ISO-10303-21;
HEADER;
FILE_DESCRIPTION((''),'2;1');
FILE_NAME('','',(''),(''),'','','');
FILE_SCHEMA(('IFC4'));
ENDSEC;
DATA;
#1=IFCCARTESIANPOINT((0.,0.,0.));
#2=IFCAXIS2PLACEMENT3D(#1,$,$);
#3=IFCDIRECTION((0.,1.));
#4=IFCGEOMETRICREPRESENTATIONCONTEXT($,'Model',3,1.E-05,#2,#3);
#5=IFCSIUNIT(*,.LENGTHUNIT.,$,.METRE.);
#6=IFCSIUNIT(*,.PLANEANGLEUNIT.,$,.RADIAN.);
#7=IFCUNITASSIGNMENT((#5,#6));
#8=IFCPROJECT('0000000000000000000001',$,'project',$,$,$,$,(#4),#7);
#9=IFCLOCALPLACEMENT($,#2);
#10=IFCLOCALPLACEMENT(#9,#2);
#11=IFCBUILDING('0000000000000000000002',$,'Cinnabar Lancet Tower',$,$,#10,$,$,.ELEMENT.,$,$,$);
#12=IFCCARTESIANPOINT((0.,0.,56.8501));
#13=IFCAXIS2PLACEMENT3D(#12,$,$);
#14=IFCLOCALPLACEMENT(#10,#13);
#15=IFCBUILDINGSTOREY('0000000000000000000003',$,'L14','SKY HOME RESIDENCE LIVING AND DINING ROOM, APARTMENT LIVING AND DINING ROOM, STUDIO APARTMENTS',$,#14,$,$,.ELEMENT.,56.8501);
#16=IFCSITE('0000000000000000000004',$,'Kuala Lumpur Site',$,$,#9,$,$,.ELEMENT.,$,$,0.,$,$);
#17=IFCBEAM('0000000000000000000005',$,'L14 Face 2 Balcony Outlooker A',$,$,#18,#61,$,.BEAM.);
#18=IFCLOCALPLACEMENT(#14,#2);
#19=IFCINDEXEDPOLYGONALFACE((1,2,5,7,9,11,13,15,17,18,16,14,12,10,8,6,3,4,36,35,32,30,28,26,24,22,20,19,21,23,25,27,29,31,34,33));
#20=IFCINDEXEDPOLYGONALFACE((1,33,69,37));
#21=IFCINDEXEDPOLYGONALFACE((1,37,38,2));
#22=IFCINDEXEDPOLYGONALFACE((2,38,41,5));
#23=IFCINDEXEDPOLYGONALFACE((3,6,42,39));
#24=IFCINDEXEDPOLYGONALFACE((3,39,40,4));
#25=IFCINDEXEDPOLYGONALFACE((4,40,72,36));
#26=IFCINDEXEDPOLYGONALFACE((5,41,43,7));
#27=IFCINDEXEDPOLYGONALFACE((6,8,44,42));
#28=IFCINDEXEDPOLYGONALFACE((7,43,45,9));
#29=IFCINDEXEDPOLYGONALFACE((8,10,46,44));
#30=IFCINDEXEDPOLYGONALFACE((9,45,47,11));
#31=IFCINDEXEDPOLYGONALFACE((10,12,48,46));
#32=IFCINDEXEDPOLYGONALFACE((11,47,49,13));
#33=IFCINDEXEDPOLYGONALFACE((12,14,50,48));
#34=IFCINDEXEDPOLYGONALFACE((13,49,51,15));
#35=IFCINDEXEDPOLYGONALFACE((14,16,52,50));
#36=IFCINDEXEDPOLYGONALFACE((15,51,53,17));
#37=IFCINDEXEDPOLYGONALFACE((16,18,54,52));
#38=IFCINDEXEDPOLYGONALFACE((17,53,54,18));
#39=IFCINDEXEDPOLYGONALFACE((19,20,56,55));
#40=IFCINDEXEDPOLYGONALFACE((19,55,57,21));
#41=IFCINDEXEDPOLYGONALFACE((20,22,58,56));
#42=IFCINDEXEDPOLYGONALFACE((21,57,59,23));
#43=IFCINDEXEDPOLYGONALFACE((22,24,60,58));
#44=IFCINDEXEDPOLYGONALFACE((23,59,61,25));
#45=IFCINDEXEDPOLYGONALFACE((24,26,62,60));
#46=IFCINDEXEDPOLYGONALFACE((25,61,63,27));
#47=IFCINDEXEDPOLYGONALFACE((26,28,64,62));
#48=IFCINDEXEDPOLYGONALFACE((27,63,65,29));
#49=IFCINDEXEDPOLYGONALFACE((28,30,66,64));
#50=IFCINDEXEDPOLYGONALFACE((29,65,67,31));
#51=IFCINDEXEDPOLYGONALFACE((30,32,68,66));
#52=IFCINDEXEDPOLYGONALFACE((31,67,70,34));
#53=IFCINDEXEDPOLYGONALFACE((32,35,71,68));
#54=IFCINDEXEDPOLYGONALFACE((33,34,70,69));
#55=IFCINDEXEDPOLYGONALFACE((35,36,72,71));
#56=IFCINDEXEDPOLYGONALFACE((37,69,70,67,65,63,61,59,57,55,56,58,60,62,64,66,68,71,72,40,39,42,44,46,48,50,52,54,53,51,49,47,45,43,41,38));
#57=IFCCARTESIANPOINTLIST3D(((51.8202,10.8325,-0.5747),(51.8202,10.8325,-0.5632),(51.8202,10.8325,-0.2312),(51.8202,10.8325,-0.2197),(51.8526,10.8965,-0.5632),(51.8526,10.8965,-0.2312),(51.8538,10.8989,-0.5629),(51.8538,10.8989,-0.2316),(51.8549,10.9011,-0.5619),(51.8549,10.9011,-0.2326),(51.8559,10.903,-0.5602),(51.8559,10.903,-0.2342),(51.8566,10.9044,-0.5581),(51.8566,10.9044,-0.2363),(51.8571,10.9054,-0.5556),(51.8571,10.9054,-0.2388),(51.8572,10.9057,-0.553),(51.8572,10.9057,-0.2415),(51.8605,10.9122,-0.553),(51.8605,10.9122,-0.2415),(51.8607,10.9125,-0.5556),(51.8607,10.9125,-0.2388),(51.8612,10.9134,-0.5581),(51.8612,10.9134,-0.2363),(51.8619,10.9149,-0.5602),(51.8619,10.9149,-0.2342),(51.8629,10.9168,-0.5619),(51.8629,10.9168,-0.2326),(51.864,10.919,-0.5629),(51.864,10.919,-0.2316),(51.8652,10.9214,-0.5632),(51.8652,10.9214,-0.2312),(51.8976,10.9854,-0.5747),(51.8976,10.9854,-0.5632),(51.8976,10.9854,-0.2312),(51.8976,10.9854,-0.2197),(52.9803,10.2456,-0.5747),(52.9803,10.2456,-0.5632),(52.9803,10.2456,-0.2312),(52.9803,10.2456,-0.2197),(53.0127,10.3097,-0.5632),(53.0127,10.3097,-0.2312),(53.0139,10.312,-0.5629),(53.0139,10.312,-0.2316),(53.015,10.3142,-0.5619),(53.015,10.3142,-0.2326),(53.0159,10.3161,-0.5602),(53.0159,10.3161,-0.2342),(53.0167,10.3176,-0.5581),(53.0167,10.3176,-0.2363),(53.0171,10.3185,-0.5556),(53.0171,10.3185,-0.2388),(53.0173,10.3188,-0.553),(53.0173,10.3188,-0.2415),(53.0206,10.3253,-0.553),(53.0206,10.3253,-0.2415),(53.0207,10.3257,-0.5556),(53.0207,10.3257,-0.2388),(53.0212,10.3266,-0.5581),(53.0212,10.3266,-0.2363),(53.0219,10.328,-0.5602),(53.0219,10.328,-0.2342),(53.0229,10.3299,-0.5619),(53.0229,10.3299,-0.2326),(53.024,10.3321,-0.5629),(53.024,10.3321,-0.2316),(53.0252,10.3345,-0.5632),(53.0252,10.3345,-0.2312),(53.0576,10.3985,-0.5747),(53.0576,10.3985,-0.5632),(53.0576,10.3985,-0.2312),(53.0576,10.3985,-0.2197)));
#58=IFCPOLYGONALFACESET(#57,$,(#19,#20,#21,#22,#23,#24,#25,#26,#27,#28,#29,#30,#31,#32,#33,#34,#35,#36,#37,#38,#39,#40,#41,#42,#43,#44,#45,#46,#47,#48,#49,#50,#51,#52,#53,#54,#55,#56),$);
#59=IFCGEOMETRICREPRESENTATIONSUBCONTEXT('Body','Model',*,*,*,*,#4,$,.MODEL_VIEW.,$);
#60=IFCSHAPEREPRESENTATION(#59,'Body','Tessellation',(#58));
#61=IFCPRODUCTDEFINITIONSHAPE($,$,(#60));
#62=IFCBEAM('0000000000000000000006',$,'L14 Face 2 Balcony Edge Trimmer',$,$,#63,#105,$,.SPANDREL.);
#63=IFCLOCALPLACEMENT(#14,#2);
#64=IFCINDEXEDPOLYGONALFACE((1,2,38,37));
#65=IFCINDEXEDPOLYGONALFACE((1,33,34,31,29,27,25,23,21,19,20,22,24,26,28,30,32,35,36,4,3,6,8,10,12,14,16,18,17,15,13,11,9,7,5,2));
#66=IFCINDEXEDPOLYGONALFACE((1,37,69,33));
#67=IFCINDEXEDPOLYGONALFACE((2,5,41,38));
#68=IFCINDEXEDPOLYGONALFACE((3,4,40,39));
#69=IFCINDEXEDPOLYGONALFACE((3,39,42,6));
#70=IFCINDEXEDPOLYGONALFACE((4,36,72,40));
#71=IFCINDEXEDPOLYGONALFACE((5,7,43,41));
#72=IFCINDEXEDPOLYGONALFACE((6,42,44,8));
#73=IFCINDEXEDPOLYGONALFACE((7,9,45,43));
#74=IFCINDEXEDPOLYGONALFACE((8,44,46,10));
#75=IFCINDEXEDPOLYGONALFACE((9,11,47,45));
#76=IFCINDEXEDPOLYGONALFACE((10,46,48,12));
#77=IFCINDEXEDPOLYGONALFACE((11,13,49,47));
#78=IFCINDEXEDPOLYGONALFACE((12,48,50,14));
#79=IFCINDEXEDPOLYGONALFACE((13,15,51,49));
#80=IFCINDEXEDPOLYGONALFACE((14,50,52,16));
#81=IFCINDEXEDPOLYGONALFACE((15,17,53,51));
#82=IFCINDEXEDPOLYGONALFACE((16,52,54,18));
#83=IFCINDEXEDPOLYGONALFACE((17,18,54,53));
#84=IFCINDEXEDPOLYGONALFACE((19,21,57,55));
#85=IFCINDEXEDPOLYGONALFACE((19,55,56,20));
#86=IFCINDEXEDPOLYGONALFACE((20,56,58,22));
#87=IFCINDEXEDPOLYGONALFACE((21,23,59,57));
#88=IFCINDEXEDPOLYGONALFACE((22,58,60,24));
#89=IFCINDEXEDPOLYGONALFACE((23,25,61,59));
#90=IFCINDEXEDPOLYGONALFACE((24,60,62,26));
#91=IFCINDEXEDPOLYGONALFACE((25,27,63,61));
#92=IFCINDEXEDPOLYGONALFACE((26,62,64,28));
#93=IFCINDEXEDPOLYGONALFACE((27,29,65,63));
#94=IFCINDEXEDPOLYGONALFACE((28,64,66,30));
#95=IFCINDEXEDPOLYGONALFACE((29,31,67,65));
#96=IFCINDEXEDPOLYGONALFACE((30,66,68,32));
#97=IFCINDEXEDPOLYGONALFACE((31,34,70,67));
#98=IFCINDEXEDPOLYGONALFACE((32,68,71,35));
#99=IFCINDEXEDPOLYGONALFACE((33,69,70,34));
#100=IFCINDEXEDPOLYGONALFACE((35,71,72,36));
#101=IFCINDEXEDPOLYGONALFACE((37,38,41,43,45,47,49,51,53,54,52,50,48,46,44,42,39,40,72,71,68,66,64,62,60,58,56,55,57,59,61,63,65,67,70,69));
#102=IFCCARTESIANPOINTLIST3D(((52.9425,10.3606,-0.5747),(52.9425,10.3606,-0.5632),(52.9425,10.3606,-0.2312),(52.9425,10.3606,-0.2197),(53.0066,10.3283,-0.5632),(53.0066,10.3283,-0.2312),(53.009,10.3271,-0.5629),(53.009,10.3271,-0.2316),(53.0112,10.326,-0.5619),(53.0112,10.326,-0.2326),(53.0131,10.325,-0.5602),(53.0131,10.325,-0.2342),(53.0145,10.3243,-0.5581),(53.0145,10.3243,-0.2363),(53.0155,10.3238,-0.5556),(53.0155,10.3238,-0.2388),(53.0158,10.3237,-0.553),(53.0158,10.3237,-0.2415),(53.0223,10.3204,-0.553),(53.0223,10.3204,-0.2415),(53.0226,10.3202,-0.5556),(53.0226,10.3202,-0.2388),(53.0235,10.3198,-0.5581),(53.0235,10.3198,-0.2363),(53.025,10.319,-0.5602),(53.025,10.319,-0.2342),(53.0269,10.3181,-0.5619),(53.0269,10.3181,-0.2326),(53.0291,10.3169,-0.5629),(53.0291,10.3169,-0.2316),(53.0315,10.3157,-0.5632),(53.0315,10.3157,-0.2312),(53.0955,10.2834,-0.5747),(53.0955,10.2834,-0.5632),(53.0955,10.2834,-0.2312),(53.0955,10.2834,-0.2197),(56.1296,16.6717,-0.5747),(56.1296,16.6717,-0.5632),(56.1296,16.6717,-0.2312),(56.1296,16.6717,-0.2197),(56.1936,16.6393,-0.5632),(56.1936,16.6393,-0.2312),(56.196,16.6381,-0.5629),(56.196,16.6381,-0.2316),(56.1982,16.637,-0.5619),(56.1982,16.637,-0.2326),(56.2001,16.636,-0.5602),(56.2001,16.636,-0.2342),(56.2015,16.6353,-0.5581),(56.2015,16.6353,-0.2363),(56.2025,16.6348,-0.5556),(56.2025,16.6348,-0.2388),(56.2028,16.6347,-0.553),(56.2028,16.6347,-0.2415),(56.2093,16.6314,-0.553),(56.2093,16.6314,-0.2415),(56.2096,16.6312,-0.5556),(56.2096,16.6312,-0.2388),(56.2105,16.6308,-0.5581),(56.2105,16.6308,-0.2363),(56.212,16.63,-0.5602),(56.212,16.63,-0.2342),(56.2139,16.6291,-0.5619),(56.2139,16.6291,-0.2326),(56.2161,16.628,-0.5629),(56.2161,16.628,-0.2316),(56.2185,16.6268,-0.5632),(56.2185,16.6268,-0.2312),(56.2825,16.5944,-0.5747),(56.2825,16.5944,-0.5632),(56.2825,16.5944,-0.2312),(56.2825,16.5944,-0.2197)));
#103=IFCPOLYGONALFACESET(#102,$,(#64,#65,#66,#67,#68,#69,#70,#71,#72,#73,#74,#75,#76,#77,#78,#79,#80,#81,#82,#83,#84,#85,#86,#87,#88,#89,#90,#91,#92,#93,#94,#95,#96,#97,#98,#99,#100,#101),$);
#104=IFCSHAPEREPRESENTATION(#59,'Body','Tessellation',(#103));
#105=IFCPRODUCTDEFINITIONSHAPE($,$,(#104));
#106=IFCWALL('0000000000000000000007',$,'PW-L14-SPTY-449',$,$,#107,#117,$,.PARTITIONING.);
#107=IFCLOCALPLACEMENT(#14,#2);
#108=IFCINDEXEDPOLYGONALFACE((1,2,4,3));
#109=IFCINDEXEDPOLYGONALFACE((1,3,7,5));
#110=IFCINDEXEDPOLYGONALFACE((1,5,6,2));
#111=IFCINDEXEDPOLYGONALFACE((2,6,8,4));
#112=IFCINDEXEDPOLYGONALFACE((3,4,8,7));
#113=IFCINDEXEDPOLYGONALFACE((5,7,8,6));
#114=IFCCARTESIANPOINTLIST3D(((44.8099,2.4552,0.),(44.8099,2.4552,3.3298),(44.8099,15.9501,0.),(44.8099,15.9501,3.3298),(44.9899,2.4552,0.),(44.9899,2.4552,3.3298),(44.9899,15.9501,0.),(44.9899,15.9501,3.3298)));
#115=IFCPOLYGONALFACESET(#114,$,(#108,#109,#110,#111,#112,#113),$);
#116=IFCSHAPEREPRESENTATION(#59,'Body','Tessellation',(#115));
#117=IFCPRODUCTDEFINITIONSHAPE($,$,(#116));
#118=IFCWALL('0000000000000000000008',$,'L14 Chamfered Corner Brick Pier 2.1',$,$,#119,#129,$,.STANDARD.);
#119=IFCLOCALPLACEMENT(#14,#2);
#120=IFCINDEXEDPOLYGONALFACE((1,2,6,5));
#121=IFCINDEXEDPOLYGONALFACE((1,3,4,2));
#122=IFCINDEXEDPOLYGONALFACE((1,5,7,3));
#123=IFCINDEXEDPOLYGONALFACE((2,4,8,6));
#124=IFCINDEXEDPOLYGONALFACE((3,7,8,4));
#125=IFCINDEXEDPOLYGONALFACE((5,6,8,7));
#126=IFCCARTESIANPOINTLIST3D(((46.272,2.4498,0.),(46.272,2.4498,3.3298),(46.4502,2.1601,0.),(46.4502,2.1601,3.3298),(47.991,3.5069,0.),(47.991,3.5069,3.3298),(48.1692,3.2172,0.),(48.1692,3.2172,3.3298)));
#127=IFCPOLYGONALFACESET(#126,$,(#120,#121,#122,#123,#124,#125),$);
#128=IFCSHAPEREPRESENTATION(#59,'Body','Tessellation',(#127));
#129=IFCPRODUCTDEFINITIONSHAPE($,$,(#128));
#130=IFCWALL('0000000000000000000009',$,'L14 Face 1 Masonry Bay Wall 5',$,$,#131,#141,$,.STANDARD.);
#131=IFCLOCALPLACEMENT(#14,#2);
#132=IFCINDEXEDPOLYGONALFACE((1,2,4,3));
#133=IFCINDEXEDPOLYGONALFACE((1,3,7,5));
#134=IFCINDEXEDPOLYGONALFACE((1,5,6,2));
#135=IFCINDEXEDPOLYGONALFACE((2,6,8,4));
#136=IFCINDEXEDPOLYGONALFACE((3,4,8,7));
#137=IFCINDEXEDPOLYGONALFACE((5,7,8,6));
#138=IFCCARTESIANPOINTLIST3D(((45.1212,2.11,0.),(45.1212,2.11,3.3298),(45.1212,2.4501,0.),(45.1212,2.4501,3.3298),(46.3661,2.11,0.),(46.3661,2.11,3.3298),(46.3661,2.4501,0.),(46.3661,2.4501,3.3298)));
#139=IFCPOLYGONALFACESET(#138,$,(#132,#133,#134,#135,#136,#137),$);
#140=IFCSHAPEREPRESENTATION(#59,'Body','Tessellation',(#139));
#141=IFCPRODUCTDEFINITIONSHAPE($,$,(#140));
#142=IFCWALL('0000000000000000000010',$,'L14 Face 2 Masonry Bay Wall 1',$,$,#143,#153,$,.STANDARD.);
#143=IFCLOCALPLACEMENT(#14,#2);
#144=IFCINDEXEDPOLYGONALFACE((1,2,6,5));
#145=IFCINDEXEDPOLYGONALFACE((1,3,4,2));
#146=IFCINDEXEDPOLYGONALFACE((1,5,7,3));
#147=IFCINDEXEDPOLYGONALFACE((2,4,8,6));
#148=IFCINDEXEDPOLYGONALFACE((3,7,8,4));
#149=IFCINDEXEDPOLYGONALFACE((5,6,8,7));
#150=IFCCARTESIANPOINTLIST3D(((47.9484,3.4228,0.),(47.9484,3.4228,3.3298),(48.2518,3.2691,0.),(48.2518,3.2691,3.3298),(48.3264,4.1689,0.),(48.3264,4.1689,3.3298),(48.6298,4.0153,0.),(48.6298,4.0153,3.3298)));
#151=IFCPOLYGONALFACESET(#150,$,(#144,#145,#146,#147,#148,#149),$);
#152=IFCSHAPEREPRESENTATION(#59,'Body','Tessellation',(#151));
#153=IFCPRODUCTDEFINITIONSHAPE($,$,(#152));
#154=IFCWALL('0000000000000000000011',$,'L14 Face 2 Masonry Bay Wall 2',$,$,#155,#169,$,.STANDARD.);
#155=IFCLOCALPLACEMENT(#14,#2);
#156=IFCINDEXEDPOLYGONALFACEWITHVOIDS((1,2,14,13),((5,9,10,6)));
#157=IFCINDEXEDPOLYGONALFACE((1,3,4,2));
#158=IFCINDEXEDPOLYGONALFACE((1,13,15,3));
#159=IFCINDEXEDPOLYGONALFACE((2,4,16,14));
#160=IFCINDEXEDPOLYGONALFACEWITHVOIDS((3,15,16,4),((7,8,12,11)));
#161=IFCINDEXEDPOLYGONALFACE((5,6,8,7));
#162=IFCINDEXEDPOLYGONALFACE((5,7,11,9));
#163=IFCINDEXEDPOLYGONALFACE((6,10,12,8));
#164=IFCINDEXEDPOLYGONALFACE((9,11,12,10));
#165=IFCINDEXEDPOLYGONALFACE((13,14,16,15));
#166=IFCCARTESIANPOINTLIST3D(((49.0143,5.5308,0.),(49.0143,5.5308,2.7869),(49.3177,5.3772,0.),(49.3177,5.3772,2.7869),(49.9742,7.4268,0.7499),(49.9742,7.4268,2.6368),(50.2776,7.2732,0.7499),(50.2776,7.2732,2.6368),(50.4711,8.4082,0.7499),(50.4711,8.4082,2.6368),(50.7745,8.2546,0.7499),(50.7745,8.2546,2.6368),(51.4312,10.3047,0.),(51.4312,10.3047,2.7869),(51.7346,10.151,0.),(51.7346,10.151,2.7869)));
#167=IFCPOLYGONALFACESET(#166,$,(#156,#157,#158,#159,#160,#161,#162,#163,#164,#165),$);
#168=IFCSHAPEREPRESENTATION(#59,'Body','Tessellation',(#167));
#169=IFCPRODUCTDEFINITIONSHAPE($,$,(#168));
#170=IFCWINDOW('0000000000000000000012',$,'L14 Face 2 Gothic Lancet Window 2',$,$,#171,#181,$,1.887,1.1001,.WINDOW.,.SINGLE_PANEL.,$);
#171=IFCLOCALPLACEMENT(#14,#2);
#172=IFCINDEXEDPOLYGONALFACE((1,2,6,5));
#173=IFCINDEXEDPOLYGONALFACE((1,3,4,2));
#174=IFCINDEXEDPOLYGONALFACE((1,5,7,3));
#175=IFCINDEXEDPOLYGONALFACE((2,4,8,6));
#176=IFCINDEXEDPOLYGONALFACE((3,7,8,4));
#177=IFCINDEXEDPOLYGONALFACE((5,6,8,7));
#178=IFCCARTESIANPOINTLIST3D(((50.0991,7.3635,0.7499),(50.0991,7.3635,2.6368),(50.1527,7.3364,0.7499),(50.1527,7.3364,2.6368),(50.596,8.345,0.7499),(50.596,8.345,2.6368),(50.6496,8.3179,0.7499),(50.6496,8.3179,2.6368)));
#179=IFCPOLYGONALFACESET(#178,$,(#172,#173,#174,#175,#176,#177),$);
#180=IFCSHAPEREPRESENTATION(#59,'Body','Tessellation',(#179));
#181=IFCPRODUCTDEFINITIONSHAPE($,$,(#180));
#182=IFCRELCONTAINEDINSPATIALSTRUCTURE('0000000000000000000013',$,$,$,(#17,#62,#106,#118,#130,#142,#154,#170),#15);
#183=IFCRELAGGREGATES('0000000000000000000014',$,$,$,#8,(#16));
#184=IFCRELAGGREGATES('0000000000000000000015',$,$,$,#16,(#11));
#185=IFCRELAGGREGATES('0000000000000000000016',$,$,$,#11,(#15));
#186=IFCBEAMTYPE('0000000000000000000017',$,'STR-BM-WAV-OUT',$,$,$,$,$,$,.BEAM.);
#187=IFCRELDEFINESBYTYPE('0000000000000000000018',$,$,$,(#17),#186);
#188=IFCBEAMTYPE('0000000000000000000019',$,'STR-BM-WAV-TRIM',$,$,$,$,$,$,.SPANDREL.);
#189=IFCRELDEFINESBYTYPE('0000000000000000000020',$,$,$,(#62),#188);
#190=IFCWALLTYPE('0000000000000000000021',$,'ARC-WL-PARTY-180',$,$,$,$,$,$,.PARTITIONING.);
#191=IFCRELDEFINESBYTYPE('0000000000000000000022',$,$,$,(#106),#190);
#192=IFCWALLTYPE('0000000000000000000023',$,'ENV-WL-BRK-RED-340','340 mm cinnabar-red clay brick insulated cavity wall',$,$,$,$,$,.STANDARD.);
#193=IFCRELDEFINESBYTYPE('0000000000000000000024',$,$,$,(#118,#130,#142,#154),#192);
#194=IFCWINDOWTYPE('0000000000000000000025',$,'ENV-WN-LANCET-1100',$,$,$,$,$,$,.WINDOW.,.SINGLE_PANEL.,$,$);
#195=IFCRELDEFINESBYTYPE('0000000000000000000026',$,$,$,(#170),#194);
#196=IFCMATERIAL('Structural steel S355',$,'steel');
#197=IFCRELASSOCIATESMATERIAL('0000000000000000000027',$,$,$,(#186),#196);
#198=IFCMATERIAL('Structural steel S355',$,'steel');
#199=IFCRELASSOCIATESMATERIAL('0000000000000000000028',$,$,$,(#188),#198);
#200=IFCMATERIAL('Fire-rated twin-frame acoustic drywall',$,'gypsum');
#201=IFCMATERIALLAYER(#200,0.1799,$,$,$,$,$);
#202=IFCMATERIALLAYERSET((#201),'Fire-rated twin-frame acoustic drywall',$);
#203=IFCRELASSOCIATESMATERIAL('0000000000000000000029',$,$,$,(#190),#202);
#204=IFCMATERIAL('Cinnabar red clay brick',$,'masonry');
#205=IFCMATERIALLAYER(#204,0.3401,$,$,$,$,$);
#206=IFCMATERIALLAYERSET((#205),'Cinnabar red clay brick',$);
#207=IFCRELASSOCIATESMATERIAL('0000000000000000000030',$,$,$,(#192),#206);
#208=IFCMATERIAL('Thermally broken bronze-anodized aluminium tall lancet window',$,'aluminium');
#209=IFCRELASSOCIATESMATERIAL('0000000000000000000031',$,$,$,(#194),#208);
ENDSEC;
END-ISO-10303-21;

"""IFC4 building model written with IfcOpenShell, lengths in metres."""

from ifc_helpers import new_model, si_unit, direction, frame, frame_2d, origin, origin_2d, place, context, subcontext, project, spatial, rectangle, i_section, extrude, material, layer, layer_set, material_profile, profile_set, type_object, element, fill, save


model = new_model("IFC4")

# Units and contexts
model_context = context("Model", 3, precision=1e-05, world=origin(), true_north=direction((0.0, 1.0)))
body_context = subcontext(model_context, "Body", "Model", "MODEL_VIEW")
ifc_project = project(units=[si_unit("LENGTHUNIT", "METRE"), si_unit("PLANEANGLEUNIT", "RADIAN")], contexts=[model_context])

# Site, building, storey
site_placement = place(None, origin())
site = spatial("IfcSite", under=ifc_project, at=site_placement, Name="Kuala Lumpur Site", CompositionType="ELEMENT", RefElevation=0.0)
building_placement = place(site_placement, origin())
building = spatial("IfcBuilding", under=site, at=building_placement, Name="Cinnabar Lancet Tower", CompositionType="ELEMENT")
storey_placement = place(building_placement, frame((0.0, 0.0, 56.8501)))
storey = spatial("IfcBuildingStorey", under=building, at=storey_placement, Name="L14", Description="SKY HOME RESIDENCE LIVING AND DINING ROOM, APARTMENT LIVING AND DINING ROOM, STUDIO APARTMENTS", CompositionType="ELEMENT", Elevation=56.8501)

# Beams
ifc_material_1 = material(Name="Structural steel S355", Category="steel")
ifc_material_profile_1 = material_profile(ifc_material_1, i_section(OverallWidth=0.1714, OverallDepth=0.355, WebThickness=0.0073, FlangeThickness=0.0115, FilletRadius=0.0103, at=origin_2d()), Name="UKB 356x171x51")
ifc_profile_set_1 = profile_set([ifc_material_profile_1], Name="Structural steel S355")
beam_type_1 = type_object("IfcBeamType", Name="STR-BM-WAV-OUT", PredefinedType="BEAM", material=ifc_profile_set_1)
beam_1_placement = place(storey_placement, frame((51.8589, 10.9089, -0.3972), z_axis=(0.892314, -0.451415, 0.0), x_axis=(0.451415, 0.892314, 0.0)))
element("IfcBeam", 1, at=beam_1_placement, inside=storey, type_object=beam_type_1, Name="L14 Face 2 Balcony Outlooker A", PredefinedType="BEAM", context=body_context, shape_type="SweptSolid", body=[
    extrude(i_section(OverallWidth=0.1714, OverallDepth=0.355, WebThickness=0.0073, FlangeThickness=0.0115, FilletRadius=0.0103, at=origin_2d()), origin(), (0.0, 0.0, 1.0), 1.3),
])
ifc_material_2 = material(Name="Structural steel S355", Category="steel")
ifc_material_profile_2 = material_profile(ifc_material_2, i_section(OverallWidth=0.1714, OverallDepth=0.355, WebThickness=0.0073, FlangeThickness=0.0115, FilletRadius=0.0103, at=origin_2d()), Name="UKB 356x171x51")
ifc_profile_set_2 = profile_set([ifc_material_profile_2], Name="Structural steel S355")
beam_type_2 = type_object("IfcBeamType", Name="STR-BM-WAV-TRIM", PredefinedType="SPANDREL", material=ifc_profile_set_2)
beam_2_placement = place(storey_placement, frame((53.019, 10.322, -0.3972), z_axis=(0.450774, 0.892638, 0.0), x_axis=(-0.892638, 0.450774, 0.0)))
element("IfcBeam", 2, at=beam_2_placement, inside=storey, type_object=beam_type_2, Name="L14 Face 2 Balcony Edge Trimmer", PredefinedType="SPANDREL", context=body_context, shape_type="SweptSolid", body=[
    extrude(i_section(OverallWidth=0.1714, OverallDepth=0.355, WebThickness=0.0073, FlangeThickness=0.0115, FilletRadius=0.0103, at=origin_2d()), origin(), (0.0, 0.0, 1.0), 7.0701),
])

# Walls
ifc_material_3 = material(Name="Fire-rated twin-frame acoustic drywall", Category="gypsum")
ifc_layer_1 = layer(ifc_material_3, 0.1799)
ifc_layer_set_1 = layer_set([ifc_layer_1], Name="Fire-rated twin-frame acoustic drywall")
wall_type_1 = type_object("IfcWallType", Name="ARC-WL-PARTY-180", PredefinedType="PARTITIONING", material=ifc_layer_set_1)
wall_1_placement = place(storey_placement, frame((44.8999, 2.4551, 0.0), z_axis=(0.0, 0.0, 1.0), x_axis=(0.0, 1.0, 0.0)))
element("IfcWall", 3, at=wall_1_placement, inside=storey, type_object=wall_type_1, Name="PW-L14-SPTY-449", PredefinedType="PARTITIONING", context=body_context, shape_type="SweptSolid", body=[
    extrude(rectangle(XDim=13.4949, YDim=0.1799, at=frame_2d((6.7476, 0.0))), origin(), (0.0, 0.0, 1.0), 3.3298),
])
ifc_material_4 = material(Name="Cinnabar red clay brick", Category="masonry")
ifc_layer_2 = layer(ifc_material_4, 0.3401)
ifc_layer_set_2 = layer_set([ifc_layer_2], Name="Cinnabar red clay brick")
wall_type_2 = type_object("IfcWallType", Name="ENV-WL-BRK-RED-340", Description="340 mm cinnabar-red clay brick insulated cavity wall", PredefinedType="STANDARD", material=ifc_layer_set_2)
wall_2_placement = place(storey_placement, frame((46.3611, 2.3049, 0.0), z_axis=(0.0, 0.0, 1.0), x_axis=(0.851816, 0.523841, 0.0)))
element("IfcWall", 4, at=wall_2_placement, inside=storey, type_object=wall_type_2, Name="L14 Chamfered Corner Brick Pier 2.1", PredefinedType="STANDARD", context=body_context, shape_type="SweptSolid", body=[
    extrude(rectangle(XDim=2.0181, YDim=0.3401, at=frame_2d((1.009, 0.0))), origin(), (0.0, 0.0, 1.0), 3.3298),
])
wall_3_placement = place(storey_placement, frame((45.1211, 2.28, 0.0), z_axis=(0.0, 0.0, 1.0), x_axis=(1.0, 0.0, 0.0)))
element("IfcWall", 5, at=wall_3_placement, inside=storey, type_object=wall_type_2, Name="L14 Face 1 Masonry Bay Wall 5", PredefinedType="STANDARD", context=body_context, shape_type="SweptSolid", body=[
    extrude(rectangle(XDim=1.2449, YDim=0.3401, at=frame_2d((0.6226, 0.0))), origin(), (0.0, 0.0, 1.0), 3.3298),
])
wall_4_placement = place(storey_placement, frame((48.1001, 3.3459, 0.0), z_axis=(0.0, 0.0, 1.0), x_axis=(0.451878, 0.89208, 0.0)))
element("IfcWall", 6, at=wall_4_placement, inside=storey, type_object=wall_type_2, Name="L14 Face 2 Masonry Bay Wall 1", PredefinedType="STANDARD", context=body_context, shape_type="SweptSolid", body=[
    extrude(rectangle(XDim=0.8364, YDim=0.3401, at=frame_2d((0.4182, 0.0))), origin(), (0.0, 0.0, 1.0), 3.3298),
])

# Wall, opening, window
wall_5_placement = place(storey_placement, frame((49.166, 5.4541, 0.0), z_axis=(0.0, 0.0, 1.0), x_axis=(0.451698, 0.892171, 0.0)))
wall_5 = element("IfcWall", 7, at=wall_5_placement, inside=storey, type_object=wall_type_2, Name="L14 Face 2 Masonry Bay Wall 2", PredefinedType="STANDARD", context=body_context, shape_type="SweptSolid", body=[
    extrude(rectangle(XDim=5.3508, YDim=0.3401, at=frame_2d((2.6753, 0.0))), origin(), (0.0, 0.0, 1.0), 2.7869),
])
opening_1_placement = place(wall_5_placement, frame((2.125, 0.0, 0.75)))
opening_1 = element("IfcOpeningElement", 8, at=opening_1_placement, cuts=wall_5, PredefinedType="OPENING", context=body_context, shape_type="SweptSolid", body=[
    extrude(rectangle(XDim=1.1001, YDim=1.887, at=frame_2d((0.55, 0.9434))), frame((0.0, 0.1799, 0.0), z_axis=(0.0, -1.0, 0.0), x_axis=(1.0, 0.0, 0.0)), (0.0, 0.0, 1.0), 0.3601),
])
ifc_material_5 = material(Name="Thermally broken bronze-anodized aluminium tall lancet window", Category="aluminium")
window_type = type_object("IfcWindowType", Name="ENV-WN-LANCET-1100", PartitioningType="SINGLE_PANEL", PredefinedType="WINDOW", material=ifc_material_5)
window_placement = place(opening_1_placement, origin())
window = element("IfcWindow", 9, at=window_placement, inside=storey, type_object=window_type, Name="L14 Face 2 Gothic Lancet Window 2", OverallHeight=1.887, OverallWidth=1.1001, PartitioningType="SINGLE_PANEL", PredefinedType="WINDOW", context=body_context, shape_type="SweptSolid", body=[
    extrude(rectangle(XDim=1.1001, YDim=1.887, at=frame_2d((0.55, 0.9434))), frame((0.0, 0.03, 0.0), z_axis=(0.0, -1.0, 0.0), x_axis=(1.0, 0.0, 0.0)), (0.0, 0.0, 1.0), 0.0601),
])
fill(opening_1, window)

save(model, "model.ifc")
